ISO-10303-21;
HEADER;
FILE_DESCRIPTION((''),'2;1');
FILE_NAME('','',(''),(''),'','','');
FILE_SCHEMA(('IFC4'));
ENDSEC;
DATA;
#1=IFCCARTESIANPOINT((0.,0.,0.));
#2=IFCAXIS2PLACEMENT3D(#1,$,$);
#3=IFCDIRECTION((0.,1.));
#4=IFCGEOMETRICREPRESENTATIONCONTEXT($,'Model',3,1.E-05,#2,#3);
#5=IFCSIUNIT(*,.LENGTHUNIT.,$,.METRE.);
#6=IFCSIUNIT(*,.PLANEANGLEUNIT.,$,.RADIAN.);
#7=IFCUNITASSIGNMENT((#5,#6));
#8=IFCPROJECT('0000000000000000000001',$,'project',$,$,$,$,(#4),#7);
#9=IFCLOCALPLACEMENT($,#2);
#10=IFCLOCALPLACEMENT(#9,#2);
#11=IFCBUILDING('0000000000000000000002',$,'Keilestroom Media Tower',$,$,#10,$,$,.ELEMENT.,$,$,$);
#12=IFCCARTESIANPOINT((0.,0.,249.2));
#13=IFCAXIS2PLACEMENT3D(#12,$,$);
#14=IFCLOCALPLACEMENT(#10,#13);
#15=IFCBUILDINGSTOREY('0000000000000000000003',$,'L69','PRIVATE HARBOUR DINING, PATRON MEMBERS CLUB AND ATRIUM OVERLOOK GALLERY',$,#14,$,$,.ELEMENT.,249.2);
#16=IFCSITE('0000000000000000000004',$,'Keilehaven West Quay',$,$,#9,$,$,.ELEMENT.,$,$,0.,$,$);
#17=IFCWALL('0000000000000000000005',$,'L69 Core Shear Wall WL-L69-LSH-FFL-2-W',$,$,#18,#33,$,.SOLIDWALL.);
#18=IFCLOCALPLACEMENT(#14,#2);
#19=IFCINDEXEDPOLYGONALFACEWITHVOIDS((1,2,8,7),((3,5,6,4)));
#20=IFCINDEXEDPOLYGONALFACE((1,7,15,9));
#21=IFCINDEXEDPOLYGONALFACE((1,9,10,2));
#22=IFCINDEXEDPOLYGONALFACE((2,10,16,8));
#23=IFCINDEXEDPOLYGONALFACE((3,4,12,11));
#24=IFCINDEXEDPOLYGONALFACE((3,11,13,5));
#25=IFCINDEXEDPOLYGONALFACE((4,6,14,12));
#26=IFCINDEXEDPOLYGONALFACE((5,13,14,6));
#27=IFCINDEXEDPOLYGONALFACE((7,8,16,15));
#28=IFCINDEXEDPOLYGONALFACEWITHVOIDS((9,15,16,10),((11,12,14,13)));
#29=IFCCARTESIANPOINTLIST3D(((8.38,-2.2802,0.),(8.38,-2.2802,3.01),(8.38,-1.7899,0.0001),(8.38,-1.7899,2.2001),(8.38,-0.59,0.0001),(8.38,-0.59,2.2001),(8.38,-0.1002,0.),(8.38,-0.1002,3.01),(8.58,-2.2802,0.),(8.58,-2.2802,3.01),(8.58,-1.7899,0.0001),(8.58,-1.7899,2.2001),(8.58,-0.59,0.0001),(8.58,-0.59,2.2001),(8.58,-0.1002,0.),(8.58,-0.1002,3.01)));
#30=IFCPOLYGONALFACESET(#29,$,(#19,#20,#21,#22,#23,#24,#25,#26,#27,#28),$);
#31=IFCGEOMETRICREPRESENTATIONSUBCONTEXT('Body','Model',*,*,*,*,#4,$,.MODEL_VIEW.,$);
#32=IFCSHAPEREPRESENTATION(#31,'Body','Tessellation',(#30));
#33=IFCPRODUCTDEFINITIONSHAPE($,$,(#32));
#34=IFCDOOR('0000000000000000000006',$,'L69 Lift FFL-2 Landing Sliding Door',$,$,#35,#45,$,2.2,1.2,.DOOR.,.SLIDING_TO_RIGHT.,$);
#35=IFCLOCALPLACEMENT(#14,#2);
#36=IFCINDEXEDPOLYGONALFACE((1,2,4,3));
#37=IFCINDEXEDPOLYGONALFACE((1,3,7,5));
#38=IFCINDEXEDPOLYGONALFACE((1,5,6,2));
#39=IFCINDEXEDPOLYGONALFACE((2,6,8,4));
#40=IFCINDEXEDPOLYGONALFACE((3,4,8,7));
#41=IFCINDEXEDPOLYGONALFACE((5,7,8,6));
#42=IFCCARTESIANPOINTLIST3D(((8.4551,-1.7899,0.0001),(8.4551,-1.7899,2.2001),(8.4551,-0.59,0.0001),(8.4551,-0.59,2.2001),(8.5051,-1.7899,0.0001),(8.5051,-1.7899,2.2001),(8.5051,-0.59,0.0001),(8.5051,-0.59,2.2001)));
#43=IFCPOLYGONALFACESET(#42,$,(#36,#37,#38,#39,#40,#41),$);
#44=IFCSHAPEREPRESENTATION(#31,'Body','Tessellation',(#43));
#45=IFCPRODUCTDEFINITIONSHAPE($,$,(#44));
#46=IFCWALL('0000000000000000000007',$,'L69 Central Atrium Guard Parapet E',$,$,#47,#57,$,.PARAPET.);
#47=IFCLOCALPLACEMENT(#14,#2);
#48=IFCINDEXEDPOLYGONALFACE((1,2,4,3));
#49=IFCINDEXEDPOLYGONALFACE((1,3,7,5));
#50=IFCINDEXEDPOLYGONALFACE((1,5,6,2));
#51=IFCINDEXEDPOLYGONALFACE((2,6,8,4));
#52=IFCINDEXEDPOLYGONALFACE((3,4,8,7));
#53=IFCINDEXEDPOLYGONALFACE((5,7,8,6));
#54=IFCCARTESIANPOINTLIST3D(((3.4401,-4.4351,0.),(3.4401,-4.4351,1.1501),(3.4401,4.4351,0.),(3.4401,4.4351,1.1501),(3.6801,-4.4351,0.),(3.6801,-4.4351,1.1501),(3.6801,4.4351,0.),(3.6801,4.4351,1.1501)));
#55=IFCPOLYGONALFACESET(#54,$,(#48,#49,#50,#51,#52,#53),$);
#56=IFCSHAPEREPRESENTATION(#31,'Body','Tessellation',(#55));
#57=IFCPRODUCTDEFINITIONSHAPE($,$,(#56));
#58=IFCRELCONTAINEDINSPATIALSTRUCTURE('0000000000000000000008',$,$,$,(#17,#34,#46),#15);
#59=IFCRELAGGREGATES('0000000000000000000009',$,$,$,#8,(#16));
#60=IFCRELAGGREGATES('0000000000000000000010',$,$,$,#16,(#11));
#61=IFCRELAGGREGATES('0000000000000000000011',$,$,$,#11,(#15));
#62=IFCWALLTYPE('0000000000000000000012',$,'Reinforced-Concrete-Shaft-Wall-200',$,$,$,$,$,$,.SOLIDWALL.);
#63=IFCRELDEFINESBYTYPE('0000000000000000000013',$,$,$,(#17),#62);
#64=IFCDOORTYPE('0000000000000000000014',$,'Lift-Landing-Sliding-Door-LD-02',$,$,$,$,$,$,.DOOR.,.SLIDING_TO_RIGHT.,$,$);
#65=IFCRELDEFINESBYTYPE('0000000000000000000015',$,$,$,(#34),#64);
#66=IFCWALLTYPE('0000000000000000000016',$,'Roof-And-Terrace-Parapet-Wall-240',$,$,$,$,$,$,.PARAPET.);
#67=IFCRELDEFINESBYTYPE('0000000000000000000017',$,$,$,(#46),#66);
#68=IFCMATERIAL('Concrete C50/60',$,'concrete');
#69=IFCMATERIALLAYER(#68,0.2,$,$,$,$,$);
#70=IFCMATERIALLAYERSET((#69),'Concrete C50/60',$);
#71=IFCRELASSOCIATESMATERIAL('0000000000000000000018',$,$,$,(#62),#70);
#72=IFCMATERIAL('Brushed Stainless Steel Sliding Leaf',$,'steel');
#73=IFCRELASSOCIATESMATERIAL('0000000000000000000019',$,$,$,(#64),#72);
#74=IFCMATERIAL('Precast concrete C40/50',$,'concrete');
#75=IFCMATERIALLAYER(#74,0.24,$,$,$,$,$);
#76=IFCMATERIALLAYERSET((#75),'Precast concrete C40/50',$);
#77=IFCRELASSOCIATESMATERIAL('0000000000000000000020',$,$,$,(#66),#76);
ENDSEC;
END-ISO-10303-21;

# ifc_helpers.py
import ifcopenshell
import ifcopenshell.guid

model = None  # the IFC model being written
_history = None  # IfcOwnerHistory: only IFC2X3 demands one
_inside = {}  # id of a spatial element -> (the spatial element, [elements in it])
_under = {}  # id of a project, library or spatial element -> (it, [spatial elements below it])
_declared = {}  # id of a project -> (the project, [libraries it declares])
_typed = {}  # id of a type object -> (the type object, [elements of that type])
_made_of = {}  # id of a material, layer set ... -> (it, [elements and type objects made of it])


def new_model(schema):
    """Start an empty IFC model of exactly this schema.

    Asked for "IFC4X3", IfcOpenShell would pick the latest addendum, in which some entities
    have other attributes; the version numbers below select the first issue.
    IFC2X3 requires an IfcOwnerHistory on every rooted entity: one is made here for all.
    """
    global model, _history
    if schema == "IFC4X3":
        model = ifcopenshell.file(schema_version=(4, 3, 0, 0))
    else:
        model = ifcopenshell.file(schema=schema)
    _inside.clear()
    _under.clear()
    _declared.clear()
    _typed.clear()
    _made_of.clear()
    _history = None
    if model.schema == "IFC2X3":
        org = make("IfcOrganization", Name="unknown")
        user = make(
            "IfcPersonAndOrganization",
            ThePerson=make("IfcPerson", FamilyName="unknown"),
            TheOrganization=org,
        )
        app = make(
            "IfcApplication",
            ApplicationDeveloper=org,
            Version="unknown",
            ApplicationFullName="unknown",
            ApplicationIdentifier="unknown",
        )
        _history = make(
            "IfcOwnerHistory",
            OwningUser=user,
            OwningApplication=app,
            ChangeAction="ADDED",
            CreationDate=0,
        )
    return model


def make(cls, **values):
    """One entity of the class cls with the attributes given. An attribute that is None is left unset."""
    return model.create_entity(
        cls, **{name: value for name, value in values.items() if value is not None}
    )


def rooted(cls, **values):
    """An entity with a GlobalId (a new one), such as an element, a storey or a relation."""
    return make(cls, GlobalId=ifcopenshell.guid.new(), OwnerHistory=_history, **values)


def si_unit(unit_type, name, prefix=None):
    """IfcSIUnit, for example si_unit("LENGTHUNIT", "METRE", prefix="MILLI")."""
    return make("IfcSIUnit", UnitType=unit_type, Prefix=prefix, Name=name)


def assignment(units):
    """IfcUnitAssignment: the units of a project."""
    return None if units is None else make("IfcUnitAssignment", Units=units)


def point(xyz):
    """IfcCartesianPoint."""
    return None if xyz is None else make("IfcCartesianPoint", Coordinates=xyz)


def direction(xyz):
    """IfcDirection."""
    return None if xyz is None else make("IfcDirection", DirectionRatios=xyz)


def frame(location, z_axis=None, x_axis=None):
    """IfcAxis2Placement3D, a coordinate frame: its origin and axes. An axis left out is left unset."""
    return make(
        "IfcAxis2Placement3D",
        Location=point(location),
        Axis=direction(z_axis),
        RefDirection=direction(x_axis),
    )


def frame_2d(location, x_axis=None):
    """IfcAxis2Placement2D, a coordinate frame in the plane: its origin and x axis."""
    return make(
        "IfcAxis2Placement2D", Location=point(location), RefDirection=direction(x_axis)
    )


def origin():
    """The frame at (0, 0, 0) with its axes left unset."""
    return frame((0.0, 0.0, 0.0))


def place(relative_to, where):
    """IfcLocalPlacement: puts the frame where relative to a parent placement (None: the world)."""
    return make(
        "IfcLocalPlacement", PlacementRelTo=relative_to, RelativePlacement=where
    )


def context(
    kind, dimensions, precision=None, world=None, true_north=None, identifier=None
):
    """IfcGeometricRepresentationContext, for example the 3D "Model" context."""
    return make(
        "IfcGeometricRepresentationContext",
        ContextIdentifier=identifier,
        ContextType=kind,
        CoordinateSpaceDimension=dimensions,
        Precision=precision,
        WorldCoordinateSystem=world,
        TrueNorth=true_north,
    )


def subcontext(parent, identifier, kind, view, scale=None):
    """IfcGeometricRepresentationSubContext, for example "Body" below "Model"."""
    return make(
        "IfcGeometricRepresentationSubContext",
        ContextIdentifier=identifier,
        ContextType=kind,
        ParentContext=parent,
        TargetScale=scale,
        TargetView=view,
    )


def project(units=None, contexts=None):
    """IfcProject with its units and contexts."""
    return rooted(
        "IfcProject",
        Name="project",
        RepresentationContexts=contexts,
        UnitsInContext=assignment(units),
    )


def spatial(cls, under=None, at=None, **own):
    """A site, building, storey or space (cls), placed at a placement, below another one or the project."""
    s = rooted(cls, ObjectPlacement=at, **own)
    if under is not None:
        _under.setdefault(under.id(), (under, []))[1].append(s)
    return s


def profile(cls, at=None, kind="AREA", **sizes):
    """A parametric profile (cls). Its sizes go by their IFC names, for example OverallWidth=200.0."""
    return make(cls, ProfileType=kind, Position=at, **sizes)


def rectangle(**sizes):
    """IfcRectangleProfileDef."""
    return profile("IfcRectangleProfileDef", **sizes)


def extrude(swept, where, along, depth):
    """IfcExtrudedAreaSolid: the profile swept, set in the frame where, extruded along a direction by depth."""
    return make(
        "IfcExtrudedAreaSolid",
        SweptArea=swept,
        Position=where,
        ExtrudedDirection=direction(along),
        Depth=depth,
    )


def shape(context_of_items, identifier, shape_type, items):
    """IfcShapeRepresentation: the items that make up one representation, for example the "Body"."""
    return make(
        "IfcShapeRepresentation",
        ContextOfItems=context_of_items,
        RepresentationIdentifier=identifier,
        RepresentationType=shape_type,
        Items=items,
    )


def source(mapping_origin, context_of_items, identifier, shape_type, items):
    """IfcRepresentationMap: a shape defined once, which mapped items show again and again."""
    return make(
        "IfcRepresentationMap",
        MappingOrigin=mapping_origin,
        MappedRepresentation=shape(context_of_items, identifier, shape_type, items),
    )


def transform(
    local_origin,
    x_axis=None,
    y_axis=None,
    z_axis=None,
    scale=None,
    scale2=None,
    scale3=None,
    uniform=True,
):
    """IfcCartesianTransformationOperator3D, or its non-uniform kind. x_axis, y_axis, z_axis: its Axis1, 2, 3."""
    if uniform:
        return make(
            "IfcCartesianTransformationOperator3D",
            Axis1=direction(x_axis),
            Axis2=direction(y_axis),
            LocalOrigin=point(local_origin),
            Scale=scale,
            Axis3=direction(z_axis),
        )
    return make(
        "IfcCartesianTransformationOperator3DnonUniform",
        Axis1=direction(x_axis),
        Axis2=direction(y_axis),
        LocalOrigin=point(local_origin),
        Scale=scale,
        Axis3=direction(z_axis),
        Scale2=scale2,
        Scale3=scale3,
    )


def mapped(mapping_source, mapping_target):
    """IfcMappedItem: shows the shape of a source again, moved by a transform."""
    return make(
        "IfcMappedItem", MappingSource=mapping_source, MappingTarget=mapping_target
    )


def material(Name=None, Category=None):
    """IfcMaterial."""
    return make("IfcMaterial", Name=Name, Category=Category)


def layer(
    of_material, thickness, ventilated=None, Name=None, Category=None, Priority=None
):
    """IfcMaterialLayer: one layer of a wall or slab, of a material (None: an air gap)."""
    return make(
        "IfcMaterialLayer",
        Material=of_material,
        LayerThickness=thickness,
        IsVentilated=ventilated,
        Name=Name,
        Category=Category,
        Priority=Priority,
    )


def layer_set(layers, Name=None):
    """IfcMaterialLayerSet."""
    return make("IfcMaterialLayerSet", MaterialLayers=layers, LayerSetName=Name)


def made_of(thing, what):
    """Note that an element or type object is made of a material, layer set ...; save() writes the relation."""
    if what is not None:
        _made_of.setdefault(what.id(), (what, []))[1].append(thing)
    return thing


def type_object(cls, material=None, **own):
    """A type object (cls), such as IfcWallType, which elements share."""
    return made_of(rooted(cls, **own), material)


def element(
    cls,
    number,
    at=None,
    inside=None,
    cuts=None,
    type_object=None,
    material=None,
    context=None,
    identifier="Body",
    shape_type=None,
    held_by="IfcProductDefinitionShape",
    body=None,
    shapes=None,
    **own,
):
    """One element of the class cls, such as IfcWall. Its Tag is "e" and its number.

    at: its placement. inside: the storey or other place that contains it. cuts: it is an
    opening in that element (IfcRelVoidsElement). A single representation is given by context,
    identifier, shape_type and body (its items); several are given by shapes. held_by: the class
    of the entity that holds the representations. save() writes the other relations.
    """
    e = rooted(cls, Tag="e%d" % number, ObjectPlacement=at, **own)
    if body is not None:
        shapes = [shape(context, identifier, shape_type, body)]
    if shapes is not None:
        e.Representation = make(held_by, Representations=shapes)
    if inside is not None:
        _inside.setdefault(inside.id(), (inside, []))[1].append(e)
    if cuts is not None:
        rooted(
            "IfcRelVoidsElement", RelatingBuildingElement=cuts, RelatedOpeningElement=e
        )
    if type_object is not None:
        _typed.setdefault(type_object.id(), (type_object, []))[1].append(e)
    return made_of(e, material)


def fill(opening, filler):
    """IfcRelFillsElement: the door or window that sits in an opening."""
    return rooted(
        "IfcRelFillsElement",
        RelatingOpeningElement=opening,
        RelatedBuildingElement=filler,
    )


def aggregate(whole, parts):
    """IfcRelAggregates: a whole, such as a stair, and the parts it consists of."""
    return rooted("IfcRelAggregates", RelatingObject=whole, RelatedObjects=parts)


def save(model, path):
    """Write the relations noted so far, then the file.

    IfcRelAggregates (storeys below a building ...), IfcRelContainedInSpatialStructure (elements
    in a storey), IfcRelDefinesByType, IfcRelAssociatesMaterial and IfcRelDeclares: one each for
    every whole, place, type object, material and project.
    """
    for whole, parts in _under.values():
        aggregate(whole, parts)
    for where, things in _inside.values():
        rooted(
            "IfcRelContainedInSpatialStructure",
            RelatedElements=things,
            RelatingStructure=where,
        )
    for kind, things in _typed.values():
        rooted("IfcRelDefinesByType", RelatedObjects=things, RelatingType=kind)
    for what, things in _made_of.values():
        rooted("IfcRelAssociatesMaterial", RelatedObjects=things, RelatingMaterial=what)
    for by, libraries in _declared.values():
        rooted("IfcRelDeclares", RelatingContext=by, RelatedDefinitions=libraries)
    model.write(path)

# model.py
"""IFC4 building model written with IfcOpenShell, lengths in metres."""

from ifc_helpers import new_model, si_unit, direction, frame, frame_2d, origin, place, context, subcontext, project, spatial, rectangle, extrude, source, transform, mapped, material, layer, layer_set, type_object, element, fill, save


model = new_model("IFC4")

# Units and contexts
model_context = context("Model", 3, precision=1e-05, world=origin(), true_north=direction((0.0, 1.0)))
body_context = subcontext(model_context, "Body", "Model", "MODEL_VIEW")
ifc_project = project(units=[si_unit("LENGTHUNIT", "METRE"), si_unit("PLANEANGLEUNIT", "RADIAN")], contexts=[model_context])

# Site, building, storey
site_placement = place(None, origin())
site = spatial("IfcSite", under=ifc_project, at=site_placement, Name="Keilehaven West Quay", CompositionType="ELEMENT", RefElevation=0.0)
building_placement = place(site_placement, origin())
building = spatial("IfcBuilding", under=site, at=building_placement, Name="Keilestroom Media Tower", CompositionType="ELEMENT")
storey_placement = place(building_placement, frame((0.0, 0.0, 249.2)))
storey = spatial("IfcBuildingStorey", under=building, at=storey_placement, Name="L69", Description="PRIVATE HARBOUR DINING, PATRON MEMBERS CLUB AND ATRIUM OVERLOOK GALLERY", CompositionType="ELEMENT", Elevation=249.2)

# Shared definitions
ifc_material_1 = material(Name="Concrete C50/60", Category="concrete")

# Shared definitions
ifc_material_2 = material(Name="Precast concrete C40/50", Category="concrete")

# Shared definitions
shared_shape_1 = source(origin(), body_context, "Body", "SweptSolid", [
    extrude(rectangle(XDim=1.2, YDim=2.2, at=frame_2d((0.6001, 1.1001))), frame((0.0, 0.0249, 0.0), z_axis=(0.0, -1.0, 0.0), x_axis=(1.0, 0.0, 0.0)), (0.0, 0.0, 1.0), 0.05),
])

# Shared definitions
ifc_layer_1 = layer(ifc_material_1, 0.2)
ifc_layer_set_1 = layer_set([ifc_layer_1], Name="Concrete C50/60")
wall_type_1 = type_object("IfcWallType", Name="Reinforced-Concrete-Shaft-Wall-200", PredefinedType="SOLIDWALL", material=ifc_layer_set_1)

# Wall, opening, door
wall_1_placement = place(storey_placement, frame((8.48, -2.28, 0.0), z_axis=(0.0, 0.0, 1.0), x_axis=(0.0, 1.0, 0.0)))
wall_1 = element("IfcWall", 1, at=wall_1_placement, inside=storey, type_object=wall_type_1, Name="L69 Core Shear Wall WL-L69-LSH-FFL-2-W", PredefinedType="SOLIDWALL", context=body_context, shape_type="SweptSolid", body=[
    extrude(rectangle(XDim=2.1799, YDim=0.2, at=frame_2d((1.0898, 0.0))), origin(), (0.0, 0.0, 1.0), 3.01),
])
opening_1_placement = place(wall_1_placement, frame((0.49, 0.0, 0.0)))
opening_1 = element("IfcOpeningElement", 2, at=opening_1_placement, cuts=wall_1, PredefinedType="OPENING", context=body_context, shape_type="SweptSolid", body=[
    extrude(rectangle(XDim=1.2, YDim=2.2, at=frame_2d((0.6001, 1.1001))), frame((0.0, 0.1099, 0.0), z_axis=(0.0, -1.0, 0.0), x_axis=(1.0, 0.0, 0.0)), (0.0, 0.0, 1.0), 0.22),
])
ifc_material_3 = material(Name="Brushed Stainless Steel Sliding Leaf", Category="steel")
door_type_1 = type_object("IfcDoorType", Name="Lift-Landing-Sliding-Door-LD-02", OperationType="SLIDING_TO_RIGHT", PredefinedType="DOOR", material=ifc_material_3)
door_1_placement = place(opening_1_placement, origin())
door_1 = element("IfcDoor", 3, at=door_1_placement, inside=storey, type_object=door_type_1, Name="L69 Lift FFL-2 Landing Sliding Door", OperationType="SLIDING_TO_RIGHT", OverallHeight=2.2, OverallWidth=1.2, PredefinedType="DOOR", context=body_context, shape_type="MappedRepresentation", body=[
    mapped(shared_shape_1, transform((0.0, 0.0, 0.0), x_axis=(1.0, 0.0, 0.0), y_axis=(0.0, 1.0, 0.0), z_axis=(0.0, 0.0, 1.0), scale=1.0)),
])
fill(opening_1, door_1)

# Wall
ifc_layer_2 = layer(ifc_material_2, 0.24)
ifc_layer_set_2 = layer_set([ifc_layer_2], Name="Precast concrete C40/50")
wall_type_2 = type_object("IfcWallType", Name="Roof-And-Terrace-Parapet-Wall-240", PredefinedType="PARAPET", material=ifc_layer_set_2)
wall_2_placement = place(storey_placement, frame((3.5601, -4.4351, 0.0), z_axis=(0.0, 0.0, 1.0), x_axis=(0.0, 1.0, 0.0)))
element("IfcWall", 4, at=wall_2_placement, inside=storey, type_object=wall_type_2, Name="L69 Central Atrium Guard Parapet E", PredefinedType="PARAPET", context=body_context, shape_type="SweptSolid", body=[
    extrude(rectangle(XDim=8.8701, YDim=0.24, at=frame_2d((4.4351, 0.0))), origin(), (0.0, 0.0, 1.0), 1.1501),
])

save(model, "model.ifc")
